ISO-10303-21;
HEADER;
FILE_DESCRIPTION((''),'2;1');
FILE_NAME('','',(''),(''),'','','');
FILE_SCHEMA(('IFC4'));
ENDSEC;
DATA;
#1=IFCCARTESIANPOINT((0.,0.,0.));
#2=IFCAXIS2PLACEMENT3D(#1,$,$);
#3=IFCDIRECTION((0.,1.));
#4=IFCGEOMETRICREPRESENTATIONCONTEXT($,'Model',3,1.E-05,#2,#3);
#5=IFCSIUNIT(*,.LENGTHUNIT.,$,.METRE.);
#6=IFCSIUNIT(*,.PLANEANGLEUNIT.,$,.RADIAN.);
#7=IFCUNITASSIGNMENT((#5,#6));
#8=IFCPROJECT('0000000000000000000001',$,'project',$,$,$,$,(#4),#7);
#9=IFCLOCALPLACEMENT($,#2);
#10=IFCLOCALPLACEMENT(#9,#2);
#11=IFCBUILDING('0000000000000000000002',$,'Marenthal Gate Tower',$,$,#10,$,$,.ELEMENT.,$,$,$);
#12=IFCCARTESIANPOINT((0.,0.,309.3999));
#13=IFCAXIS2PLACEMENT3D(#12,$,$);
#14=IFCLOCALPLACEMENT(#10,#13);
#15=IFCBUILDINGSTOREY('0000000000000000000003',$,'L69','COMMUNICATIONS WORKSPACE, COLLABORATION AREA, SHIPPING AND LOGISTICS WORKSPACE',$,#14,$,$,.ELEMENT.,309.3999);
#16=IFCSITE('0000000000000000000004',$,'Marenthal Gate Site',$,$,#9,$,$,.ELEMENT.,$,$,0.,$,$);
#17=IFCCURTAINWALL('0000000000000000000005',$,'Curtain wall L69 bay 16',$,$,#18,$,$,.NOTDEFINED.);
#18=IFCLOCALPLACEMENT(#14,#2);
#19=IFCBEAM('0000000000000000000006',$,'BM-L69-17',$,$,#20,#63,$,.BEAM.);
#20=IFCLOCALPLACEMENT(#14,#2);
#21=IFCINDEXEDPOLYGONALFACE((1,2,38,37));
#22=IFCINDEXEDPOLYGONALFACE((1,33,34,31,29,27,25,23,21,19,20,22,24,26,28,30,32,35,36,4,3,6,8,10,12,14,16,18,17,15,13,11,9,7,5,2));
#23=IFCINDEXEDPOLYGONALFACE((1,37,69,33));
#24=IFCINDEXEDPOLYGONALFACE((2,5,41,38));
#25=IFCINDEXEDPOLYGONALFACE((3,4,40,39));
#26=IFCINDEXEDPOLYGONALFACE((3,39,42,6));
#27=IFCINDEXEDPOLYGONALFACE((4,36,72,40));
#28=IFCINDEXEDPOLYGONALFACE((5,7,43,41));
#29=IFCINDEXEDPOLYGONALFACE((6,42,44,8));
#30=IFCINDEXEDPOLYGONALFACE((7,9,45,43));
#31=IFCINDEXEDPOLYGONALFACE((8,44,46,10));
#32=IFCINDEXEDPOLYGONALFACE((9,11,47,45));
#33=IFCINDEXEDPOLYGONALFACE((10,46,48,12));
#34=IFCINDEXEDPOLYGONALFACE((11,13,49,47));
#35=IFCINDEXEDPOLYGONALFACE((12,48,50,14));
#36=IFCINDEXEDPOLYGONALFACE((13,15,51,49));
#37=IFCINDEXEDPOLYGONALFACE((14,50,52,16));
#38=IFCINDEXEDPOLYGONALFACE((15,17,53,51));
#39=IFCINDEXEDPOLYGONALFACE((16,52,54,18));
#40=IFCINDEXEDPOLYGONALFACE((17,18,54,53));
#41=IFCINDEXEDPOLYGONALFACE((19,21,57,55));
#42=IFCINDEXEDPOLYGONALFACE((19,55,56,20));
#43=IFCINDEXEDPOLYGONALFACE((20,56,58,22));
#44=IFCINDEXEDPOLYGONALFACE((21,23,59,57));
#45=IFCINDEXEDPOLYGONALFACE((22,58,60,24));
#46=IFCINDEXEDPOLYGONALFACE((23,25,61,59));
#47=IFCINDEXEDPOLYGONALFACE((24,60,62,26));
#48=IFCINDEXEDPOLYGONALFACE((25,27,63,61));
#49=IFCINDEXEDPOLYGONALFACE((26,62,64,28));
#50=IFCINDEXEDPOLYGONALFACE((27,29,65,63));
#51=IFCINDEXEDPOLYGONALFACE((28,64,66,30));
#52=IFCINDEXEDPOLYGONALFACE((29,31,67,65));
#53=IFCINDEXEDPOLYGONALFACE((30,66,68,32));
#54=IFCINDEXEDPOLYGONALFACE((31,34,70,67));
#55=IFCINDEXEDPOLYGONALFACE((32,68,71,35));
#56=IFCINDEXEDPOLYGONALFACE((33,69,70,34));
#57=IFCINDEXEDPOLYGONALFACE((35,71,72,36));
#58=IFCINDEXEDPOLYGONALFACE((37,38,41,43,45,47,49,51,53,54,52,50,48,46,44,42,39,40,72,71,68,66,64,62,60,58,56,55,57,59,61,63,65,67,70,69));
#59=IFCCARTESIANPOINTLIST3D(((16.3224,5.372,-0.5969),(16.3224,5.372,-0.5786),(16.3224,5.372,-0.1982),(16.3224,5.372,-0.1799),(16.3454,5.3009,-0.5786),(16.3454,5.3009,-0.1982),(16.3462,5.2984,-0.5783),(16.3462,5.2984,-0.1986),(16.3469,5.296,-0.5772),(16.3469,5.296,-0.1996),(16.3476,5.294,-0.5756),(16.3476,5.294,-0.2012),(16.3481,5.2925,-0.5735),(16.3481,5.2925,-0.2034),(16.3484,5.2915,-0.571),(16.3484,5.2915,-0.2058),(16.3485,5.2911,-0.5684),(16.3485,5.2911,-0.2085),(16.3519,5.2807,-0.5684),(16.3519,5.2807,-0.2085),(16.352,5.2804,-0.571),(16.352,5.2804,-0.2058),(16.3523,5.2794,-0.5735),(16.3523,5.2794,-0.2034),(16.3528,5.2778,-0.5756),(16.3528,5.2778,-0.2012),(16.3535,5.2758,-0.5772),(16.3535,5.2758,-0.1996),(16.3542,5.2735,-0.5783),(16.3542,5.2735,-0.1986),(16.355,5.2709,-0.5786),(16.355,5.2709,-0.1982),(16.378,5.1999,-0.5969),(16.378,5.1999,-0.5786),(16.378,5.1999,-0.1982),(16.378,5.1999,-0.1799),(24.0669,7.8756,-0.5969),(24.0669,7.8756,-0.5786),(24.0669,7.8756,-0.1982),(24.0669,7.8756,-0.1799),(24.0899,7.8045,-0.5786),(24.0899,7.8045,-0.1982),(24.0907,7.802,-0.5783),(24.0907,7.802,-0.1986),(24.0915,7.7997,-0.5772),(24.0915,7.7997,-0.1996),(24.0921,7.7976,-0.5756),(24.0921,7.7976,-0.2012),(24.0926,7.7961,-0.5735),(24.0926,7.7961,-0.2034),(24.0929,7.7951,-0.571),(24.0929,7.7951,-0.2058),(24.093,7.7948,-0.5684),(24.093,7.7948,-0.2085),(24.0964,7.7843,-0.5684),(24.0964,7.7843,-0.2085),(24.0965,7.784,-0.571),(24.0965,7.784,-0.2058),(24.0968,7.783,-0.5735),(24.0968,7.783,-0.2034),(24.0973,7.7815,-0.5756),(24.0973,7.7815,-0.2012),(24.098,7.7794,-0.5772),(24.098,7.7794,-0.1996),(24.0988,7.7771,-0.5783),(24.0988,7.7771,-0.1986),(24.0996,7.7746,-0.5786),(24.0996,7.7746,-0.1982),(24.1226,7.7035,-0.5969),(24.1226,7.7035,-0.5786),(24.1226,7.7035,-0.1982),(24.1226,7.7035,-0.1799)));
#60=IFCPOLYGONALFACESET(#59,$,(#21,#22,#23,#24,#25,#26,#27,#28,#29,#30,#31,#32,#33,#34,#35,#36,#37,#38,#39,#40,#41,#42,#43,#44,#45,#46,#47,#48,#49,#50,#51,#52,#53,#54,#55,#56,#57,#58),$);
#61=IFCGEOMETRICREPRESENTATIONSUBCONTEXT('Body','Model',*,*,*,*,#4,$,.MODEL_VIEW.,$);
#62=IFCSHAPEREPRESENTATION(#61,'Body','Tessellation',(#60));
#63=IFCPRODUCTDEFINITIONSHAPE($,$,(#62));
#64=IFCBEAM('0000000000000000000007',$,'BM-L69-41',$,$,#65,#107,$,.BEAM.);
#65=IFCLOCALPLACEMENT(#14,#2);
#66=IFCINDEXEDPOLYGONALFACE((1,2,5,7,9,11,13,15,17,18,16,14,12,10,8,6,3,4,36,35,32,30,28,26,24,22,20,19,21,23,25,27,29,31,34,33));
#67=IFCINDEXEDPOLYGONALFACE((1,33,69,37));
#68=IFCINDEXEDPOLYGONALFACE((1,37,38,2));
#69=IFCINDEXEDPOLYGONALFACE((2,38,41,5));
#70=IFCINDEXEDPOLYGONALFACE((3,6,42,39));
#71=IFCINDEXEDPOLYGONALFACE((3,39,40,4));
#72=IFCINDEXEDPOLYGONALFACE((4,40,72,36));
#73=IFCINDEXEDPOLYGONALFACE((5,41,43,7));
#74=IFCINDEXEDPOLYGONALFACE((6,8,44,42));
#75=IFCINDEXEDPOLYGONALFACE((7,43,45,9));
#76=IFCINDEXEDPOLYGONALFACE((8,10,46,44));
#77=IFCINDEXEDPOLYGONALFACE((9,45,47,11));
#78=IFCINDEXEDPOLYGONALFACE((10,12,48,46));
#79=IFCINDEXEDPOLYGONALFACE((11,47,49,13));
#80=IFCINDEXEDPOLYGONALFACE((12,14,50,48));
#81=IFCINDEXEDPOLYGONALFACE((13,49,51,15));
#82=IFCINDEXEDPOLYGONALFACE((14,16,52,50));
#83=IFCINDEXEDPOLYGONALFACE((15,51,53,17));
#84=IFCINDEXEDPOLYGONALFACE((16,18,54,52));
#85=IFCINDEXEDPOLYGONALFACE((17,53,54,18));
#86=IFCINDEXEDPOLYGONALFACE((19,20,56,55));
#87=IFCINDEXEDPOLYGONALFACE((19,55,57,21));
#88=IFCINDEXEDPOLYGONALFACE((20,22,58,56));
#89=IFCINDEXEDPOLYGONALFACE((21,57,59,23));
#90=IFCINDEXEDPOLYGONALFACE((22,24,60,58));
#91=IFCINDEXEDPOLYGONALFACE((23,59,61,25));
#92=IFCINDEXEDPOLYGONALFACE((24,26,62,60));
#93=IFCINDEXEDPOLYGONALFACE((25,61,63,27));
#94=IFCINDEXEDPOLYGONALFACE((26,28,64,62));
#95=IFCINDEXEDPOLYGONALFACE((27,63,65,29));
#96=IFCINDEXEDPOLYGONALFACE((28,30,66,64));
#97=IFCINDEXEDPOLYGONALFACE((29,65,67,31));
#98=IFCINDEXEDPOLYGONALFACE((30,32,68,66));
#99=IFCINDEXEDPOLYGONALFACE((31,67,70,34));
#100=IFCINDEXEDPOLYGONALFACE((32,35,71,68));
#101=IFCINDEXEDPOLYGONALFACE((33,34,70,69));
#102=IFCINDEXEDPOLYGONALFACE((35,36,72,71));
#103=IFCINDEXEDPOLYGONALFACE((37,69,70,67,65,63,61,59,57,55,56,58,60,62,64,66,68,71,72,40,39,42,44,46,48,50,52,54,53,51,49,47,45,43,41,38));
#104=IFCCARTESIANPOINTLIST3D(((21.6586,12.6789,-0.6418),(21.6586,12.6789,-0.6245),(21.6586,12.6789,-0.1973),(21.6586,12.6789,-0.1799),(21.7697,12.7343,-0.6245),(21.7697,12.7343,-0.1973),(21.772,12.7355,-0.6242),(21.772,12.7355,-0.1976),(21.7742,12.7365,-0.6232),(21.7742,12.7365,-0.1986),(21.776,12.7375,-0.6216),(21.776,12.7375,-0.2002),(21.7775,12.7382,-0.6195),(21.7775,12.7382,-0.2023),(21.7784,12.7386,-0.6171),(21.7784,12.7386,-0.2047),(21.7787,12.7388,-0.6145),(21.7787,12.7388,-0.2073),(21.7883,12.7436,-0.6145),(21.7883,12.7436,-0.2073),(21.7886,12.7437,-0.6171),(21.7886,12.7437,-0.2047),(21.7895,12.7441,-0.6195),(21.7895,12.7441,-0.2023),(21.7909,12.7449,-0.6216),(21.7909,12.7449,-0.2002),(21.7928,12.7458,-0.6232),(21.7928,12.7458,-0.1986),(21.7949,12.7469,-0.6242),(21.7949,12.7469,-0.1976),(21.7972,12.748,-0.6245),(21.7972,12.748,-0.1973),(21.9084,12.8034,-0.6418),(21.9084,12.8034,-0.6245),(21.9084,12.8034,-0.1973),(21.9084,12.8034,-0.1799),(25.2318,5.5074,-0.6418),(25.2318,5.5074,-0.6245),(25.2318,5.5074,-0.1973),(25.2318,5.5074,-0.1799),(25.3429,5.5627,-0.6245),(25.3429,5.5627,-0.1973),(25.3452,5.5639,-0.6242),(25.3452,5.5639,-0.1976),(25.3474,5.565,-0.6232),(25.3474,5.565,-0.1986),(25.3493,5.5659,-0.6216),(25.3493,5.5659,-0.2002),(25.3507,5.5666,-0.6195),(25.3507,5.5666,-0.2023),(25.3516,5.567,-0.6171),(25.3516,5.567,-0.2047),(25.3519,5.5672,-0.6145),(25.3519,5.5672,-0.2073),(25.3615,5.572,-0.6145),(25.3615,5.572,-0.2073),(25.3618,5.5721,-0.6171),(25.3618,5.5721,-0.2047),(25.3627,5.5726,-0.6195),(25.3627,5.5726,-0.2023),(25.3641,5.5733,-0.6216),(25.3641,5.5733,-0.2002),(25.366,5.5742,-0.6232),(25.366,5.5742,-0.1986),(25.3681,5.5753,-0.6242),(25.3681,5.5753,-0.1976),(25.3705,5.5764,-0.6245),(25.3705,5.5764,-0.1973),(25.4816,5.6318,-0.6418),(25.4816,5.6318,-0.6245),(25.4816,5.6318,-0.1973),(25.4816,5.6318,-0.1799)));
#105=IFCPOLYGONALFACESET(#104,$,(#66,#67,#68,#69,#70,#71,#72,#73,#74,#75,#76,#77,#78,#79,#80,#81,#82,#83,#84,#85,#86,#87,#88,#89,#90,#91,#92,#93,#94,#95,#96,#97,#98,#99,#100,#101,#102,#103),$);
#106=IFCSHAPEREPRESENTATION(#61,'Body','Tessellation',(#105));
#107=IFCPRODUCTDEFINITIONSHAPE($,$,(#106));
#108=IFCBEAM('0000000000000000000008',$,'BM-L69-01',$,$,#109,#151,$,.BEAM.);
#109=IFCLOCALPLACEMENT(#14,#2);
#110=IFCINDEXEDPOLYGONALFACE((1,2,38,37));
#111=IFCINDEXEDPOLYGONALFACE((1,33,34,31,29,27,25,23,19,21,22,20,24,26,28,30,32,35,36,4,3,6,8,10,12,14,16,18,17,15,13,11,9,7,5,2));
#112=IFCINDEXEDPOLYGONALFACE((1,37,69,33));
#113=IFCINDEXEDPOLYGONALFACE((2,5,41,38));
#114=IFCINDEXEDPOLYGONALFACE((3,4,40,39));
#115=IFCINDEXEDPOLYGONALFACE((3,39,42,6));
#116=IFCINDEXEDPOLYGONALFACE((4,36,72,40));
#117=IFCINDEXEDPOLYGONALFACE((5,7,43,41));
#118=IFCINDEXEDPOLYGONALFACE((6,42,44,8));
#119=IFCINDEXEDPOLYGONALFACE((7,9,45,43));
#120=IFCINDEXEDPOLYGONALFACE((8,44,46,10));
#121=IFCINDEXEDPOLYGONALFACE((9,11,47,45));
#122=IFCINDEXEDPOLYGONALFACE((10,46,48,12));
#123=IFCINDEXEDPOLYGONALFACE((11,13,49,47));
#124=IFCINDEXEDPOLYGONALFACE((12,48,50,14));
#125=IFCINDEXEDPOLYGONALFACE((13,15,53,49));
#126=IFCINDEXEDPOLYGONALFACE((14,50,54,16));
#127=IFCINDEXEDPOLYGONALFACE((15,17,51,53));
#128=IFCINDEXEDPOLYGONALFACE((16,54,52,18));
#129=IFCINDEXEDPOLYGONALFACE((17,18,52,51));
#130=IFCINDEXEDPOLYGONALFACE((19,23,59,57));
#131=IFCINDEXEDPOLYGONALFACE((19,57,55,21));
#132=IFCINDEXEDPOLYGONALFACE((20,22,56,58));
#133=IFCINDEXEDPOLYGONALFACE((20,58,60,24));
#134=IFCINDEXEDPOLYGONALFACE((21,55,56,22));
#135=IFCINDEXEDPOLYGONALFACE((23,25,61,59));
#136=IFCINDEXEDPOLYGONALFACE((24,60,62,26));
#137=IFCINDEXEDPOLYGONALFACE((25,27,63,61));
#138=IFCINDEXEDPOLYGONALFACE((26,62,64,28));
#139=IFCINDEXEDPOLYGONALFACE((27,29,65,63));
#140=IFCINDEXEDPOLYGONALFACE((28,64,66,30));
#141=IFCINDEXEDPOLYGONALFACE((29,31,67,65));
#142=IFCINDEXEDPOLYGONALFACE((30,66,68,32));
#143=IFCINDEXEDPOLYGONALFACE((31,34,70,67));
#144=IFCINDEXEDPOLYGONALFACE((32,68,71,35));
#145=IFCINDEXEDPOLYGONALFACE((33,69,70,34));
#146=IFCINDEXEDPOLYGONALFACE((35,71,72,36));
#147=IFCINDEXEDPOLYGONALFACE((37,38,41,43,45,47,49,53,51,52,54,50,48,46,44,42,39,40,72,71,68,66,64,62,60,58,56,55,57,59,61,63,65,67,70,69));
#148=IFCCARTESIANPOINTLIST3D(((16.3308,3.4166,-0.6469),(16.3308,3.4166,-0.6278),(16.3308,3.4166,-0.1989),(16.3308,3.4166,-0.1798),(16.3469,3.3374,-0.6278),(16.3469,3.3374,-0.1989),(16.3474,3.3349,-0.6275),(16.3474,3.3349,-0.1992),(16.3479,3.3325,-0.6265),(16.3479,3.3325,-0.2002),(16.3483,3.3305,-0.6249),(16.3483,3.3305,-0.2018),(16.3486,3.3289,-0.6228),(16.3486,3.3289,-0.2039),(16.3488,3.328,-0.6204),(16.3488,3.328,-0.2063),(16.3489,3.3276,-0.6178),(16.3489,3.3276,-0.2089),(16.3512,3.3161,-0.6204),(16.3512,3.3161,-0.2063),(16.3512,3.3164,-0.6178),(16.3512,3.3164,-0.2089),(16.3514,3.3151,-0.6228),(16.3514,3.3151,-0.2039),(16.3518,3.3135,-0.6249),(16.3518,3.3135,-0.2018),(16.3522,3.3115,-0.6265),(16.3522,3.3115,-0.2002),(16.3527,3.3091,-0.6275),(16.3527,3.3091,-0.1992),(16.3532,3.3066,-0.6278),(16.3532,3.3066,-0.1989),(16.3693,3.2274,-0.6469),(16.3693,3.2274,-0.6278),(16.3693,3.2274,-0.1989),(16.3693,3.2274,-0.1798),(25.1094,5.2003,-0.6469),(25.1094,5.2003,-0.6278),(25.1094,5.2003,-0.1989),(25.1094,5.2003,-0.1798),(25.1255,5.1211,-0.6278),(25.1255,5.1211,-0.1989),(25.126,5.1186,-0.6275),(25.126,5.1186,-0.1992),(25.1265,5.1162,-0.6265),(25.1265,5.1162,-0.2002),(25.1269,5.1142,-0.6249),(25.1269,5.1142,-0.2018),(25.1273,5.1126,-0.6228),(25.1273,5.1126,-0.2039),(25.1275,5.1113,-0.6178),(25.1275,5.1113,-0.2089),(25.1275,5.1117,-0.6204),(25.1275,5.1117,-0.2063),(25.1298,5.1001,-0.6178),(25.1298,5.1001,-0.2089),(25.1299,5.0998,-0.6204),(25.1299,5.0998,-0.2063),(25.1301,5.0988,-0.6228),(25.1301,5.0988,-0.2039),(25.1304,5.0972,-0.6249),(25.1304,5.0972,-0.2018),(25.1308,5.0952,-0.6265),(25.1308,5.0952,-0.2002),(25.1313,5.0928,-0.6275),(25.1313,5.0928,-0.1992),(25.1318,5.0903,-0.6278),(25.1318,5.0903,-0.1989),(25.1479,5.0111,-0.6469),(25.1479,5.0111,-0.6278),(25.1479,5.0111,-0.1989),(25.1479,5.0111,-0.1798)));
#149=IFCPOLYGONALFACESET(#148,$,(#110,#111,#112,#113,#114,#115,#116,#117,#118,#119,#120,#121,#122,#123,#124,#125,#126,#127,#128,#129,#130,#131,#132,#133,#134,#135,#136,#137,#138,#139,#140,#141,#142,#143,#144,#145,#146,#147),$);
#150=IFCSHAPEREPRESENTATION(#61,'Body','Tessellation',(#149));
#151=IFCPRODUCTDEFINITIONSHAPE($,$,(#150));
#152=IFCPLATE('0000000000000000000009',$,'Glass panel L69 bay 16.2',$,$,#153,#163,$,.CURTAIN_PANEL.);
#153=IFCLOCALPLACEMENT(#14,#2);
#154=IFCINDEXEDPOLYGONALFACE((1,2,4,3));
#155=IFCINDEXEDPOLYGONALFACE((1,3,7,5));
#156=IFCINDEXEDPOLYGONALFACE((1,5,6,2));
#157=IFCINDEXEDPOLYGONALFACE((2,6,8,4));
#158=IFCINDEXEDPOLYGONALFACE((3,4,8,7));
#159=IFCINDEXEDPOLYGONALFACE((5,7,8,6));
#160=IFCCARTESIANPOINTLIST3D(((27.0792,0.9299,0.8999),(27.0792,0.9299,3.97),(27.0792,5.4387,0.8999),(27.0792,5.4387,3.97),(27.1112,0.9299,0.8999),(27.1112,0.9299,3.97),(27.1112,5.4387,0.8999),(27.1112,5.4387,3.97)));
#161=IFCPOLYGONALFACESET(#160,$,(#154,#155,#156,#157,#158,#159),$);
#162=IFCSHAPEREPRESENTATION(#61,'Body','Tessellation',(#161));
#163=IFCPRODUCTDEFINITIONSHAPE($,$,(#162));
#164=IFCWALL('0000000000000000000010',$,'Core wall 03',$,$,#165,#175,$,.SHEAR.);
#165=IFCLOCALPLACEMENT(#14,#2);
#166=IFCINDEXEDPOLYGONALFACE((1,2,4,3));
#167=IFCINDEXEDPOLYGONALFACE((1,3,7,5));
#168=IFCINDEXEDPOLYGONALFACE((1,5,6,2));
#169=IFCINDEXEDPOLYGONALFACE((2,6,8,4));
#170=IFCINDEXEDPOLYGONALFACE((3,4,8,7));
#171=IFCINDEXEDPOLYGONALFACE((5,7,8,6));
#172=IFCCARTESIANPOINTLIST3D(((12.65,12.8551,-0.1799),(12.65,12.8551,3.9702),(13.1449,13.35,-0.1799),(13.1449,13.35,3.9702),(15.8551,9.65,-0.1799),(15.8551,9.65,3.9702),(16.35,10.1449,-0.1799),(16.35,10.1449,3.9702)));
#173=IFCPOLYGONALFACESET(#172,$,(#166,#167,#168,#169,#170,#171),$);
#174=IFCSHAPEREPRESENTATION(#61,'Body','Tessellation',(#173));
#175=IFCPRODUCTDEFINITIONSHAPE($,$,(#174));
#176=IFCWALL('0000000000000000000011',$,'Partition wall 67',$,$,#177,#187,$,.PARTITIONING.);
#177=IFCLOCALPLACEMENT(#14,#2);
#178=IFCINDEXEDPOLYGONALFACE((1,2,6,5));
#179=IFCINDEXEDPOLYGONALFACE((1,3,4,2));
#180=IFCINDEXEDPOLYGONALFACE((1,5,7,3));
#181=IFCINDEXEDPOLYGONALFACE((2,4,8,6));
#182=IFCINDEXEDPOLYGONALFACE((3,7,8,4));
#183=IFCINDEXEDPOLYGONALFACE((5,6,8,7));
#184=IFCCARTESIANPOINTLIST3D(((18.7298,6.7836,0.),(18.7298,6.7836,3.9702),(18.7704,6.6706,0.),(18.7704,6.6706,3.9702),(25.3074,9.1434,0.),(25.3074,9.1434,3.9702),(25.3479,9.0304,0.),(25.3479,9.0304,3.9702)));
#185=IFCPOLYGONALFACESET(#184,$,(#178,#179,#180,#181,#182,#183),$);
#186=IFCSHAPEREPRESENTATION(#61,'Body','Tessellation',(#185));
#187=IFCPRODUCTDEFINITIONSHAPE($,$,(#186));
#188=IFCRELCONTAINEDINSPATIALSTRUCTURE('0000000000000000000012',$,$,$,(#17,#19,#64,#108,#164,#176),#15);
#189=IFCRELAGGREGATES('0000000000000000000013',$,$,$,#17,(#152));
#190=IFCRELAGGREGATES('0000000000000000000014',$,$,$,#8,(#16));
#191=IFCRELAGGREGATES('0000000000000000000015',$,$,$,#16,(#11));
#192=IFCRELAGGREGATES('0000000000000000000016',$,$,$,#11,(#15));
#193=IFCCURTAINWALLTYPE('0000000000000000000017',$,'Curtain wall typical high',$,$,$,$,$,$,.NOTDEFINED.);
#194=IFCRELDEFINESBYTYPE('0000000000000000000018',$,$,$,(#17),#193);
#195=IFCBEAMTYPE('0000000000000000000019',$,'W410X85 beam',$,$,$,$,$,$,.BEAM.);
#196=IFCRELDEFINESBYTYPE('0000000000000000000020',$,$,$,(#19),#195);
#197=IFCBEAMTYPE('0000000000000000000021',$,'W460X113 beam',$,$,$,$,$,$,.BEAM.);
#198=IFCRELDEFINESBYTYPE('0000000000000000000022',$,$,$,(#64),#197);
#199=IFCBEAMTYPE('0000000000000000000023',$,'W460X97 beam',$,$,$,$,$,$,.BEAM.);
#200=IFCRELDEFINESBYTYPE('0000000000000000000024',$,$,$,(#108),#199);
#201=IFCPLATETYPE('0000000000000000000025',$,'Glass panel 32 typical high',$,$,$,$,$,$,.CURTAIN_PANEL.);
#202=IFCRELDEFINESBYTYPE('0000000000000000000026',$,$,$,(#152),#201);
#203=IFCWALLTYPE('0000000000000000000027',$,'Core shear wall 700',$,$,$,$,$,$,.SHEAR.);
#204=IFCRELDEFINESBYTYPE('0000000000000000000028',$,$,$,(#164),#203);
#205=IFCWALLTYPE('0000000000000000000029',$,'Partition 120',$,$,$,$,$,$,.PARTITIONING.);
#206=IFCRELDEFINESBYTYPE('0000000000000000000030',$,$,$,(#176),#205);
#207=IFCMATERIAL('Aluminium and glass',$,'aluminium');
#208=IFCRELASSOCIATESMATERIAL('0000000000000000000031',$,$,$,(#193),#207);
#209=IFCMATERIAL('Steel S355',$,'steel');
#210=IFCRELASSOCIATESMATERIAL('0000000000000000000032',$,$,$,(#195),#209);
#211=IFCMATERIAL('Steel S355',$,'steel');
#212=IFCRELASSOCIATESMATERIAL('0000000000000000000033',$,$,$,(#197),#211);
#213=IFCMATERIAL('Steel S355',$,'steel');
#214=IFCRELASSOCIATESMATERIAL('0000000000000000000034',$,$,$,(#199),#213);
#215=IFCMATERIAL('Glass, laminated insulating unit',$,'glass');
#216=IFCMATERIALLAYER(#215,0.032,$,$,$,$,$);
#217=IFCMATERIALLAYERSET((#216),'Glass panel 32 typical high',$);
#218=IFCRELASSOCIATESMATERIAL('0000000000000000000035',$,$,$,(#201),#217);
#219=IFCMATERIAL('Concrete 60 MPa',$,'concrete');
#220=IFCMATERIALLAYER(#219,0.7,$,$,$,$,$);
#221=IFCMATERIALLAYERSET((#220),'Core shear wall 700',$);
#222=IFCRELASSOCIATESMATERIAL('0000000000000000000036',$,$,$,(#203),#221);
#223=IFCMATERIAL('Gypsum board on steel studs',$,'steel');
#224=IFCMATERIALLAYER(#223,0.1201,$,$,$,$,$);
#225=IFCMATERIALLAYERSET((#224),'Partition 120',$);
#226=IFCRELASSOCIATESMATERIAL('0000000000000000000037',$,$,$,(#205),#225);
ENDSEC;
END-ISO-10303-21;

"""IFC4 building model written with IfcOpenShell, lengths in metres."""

from ifc_helpers import new_model, si_unit, direction, frame, frame_2d, origin, origin_2d, place, context, subcontext, project, spatial, rectangle, i_section, extrude, material, layer, layer_set, material_profile, profile_set, type_object, element, aggregate, save


model = new_model("IFC4")

# Units and contexts
model_context = context("Model", 3, precision=1e-05, world=origin(), true_north=direction((0.0, 1.0)))
body_context = subcontext(model_context, "Body", "Model", "MODEL_VIEW")
ifc_project = project(units=[si_unit("LENGTHUNIT", "METRE"), si_unit("PLANEANGLEUNIT", "RADIAN")], contexts=[model_context])

# Site, building, storey
site_placement = place(None, origin())
site = spatial("IfcSite", under=ifc_project, at=site_placement, Name="Marenthal Gate Site", CompositionType="ELEMENT", RefElevation=0.0)
building_placement = place(site_placement, origin())
building = spatial("IfcBuilding", under=site, at=building_placement, Name="Marenthal Gate Tower", CompositionType="ELEMENT")
storey_placement = place(building_placement, frame((0.0, 0.0, 309.3999)))
storey = spatial("IfcBuildingStorey", under=building, at=storey_placement, Name="L69", Description="COMMUNICATIONS WORKSPACE, COLLABORATION AREA, SHIPPING AND LOGISTICS WORKSPACE", CompositionType="ELEMENT", Elevation=309.3999)

# Curtain wall
ifc_material_1 = material(Name="Aluminium and glass", Category="aluminium")
curtain_wall_type = type_object("IfcCurtainWallType", Name="Curtain wall typical high", PredefinedType="NOTDEFINED", material=ifc_material_1)
curtain_wall_placement = place(storey_placement, origin())
curtain_wall = element("IfcCurtainWall", 1, at=curtain_wall_placement, inside=storey, type_object=curtain_wall_type, Name="Curtain wall L69 bay 16", PredefinedType="NOTDEFINED")

# Beams
ifc_material_2 = material(Name="Steel S355", Category="steel")
ifc_material_profile_1 = material_profile(ifc_material_2, i_section(OverallWidth=0.1809, OverallDepth=0.417, WebThickness=0.011, FlangeThickness=0.0183, FilletRadius=0.0103, at=origin_2d()), Name="W410X85")
ifc_profile_set_1 = profile_set([ifc_material_profile_1], Name="Steel S355")
beam_type_1 = type_object("IfcBeamType", Name="W410X85 beam", PredefinedType="BEAM", material=ifc_profile_set_1)
beam_1_placement = place(storey_placement, frame((24.0947, 7.7896, -0.3884), z_axis=(-0.951515, -0.307603, 0.0), x_axis=(0.307603, -0.951515, 0.0)))
element("IfcBeam", 2, at=beam_1_placement, inside=storey, type_object=beam_type_1, Name="BM-L69-17", PredefinedType="BEAM", context=body_context, shape_type="SweptSolid", body=[
    extrude(i_section(OverallWidth=0.1809, OverallDepth=0.417, WebThickness=0.011, FlangeThickness=0.0183, FilletRadius=0.0103, at=origin_2d()), origin(), (0.0, 0.0, 1.0), 8.1392),
])
ifc_material_3 = material(Name="Steel S355", Category="steel")
ifc_material_profile_2 = material_profile(ifc_material_3, i_section(OverallWidth=0.2791, OverallDepth=0.4619, WebThickness=0.0107, FlangeThickness=0.0173, FilletRadius=0.01, at=origin_2d()), Name="W460X113")
ifc_profile_set_2 = profile_set([ifc_material_profile_2], Name="Steel S355")
beam_type_2 = type_object("IfcBeamType", Name="W460X113 beam", PredefinedType="BEAM", material=ifc_profile_set_2)
beam_2_placement = place(storey_placement, frame((25.3567, 5.5696, -0.4109), z_axis=(-0.445958, 0.895054, 0.0), x_axis=(-0.895054, -0.445958, 0.0)))
element("IfcBeam", 3, at=beam_2_placement, inside=storey, type_object=beam_type_2, Name="BM-L69-41", PredefinedType="BEAM", context=body_context, shape_type="SweptSolid", body=[
    extrude(i_section(OverallWidth=0.2791, OverallDepth=0.4619, WebThickness=0.0107, FlangeThickness=0.0173, FilletRadius=0.01, at=origin_2d()), origin(), (0.0, 0.0, 1.0), 8.0125),
])
ifc_material_4 = material(Name="Steel S355", Category="steel")
ifc_material_profile_3 = material_profile(ifc_material_4, i_section(OverallWidth=0.1931, OverallDepth=0.467, WebThickness=0.0115, FlangeThickness=0.019, FilletRadius=0.01, at=origin_2d()), Name="W460X97")
ifc_profile_set_3 = profile_set([ifc_material_profile_3], Name="Steel S355")
beam_type_3 = type_object("IfcBeamType", Name="W460X97 beam", PredefinedType="BEAM", material=ifc_profile_set_3)
beam_3_placement = place(storey_placement, frame((25.1287, 5.1057, -0.4133), z_axis=(-0.979975, -0.199118, 0.0), x_axis=(0.199118, -0.979975, 0.0)))
element("IfcBeam", 4, at=beam_3_placement, inside=storey, type_object=beam_type_3, Name="BM-L69-01", PredefinedType="BEAM", context=body_context, shape_type="SweptSolid", body=[
    extrude(i_section(OverallWidth=0.1931, OverallDepth=0.467, WebThickness=0.0115, FlangeThickness=0.019, FilletRadius=0.01, at=origin_2d()), origin(), (0.0, 0.0, 1.0), 8.958),
])

# Plate
ifc_material_5 = material(Name="Glass, laminated insulating unit", Category="glass")
ifc_layer_1 = layer(ifc_material_5, 0.032)
ifc_layer_set_1 = layer_set([ifc_layer_1], Name="Glass panel 32 typical high")
plate_type = type_object("IfcPlateType", Name="Glass panel 32 typical high", PredefinedType="CURTAIN_PANEL", material=ifc_layer_set_1)
plate_placement = place(storey_placement, frame((27.0952, 3.1843, 0.8999), z_axis=(0.0, 0.0, 1.0), x_axis=(0.0, 1.0, 0.0)))
plate = element("IfcPlate", 5, at=plate_placement, type_object=plate_type, Name="Glass panel L69 bay 16.2", PredefinedType="CURTAIN_PANEL", context=body_context, shape_type="SweptSolid", body=[
    extrude(rectangle(XDim=4.5088, YDim=0.032, at=origin_2d()), origin(), (0.0, 0.0, 1.0), 3.0701),
])
aggregate(curtain_wall, [plate])

# Walls
ifc_material_6 = material(Name="Concrete 60 MPa", Category="concrete")
ifc_layer_2 = layer(ifc_material_6, 0.7)
ifc_layer_set_2 = layer_set([ifc_layer_2], Name="Core shear wall 700")
wall_type_1 = type_object("IfcWallType", Name="Core shear wall 700", PredefinedType="SHEAR", material=ifc_layer_set_2)
wall_1_placement = place(storey_placement, frame((16.1025, 9.8975, -0.1799), z_axis=(0.0, 0.0, 1.0), x_axis=(-0.707107, 0.707107, 0.0)))
element("IfcWall", 6, at=wall_1_placement, inside=storey, type_object=wall_type_1, Name="Core wall 03", PredefinedType="SHEAR", context=body_context, shape_type="SweptSolid", body=[
    extrude(rectangle(XDim=4.5327, YDim=0.7, at=frame_2d((2.2664, 0.0))), origin(), (0.0, 0.0, 1.0), 4.1501),
])
ifc_material_7 = material(Name="Gypsum board on steel studs", Category="steel")
ifc_layer_3 = layer(ifc_material_7, 0.1201)
ifc_layer_set_3 = layer_set([ifc_layer_3], Name="Partition 120")
wall_type_2 = type_object("IfcWallType", Name="Partition 120", PredefinedType="PARTITIONING", material=ifc_layer_set_3)
wall_2_placement = place(storey_placement, frame((18.75, 6.7271, 0.0), z_axis=(0.0, 0.0, 1.0), x_axis=(0.941256, 0.337695, 0.0)))
element("IfcWall", 7, at=wall_2_placement, inside=storey, type_object=wall_type_2, Name="Partition wall 67", PredefinedType="PARTITIONING", context=body_context, shape_type="SweptSolid", body=[
    extrude(rectangle(XDim=6.988, YDim=0.1201, at=frame_2d((3.4941, 0.0))), origin(), (0.0, 0.0, 1.0), 3.9702),
])

save(model, "model.ifc")
